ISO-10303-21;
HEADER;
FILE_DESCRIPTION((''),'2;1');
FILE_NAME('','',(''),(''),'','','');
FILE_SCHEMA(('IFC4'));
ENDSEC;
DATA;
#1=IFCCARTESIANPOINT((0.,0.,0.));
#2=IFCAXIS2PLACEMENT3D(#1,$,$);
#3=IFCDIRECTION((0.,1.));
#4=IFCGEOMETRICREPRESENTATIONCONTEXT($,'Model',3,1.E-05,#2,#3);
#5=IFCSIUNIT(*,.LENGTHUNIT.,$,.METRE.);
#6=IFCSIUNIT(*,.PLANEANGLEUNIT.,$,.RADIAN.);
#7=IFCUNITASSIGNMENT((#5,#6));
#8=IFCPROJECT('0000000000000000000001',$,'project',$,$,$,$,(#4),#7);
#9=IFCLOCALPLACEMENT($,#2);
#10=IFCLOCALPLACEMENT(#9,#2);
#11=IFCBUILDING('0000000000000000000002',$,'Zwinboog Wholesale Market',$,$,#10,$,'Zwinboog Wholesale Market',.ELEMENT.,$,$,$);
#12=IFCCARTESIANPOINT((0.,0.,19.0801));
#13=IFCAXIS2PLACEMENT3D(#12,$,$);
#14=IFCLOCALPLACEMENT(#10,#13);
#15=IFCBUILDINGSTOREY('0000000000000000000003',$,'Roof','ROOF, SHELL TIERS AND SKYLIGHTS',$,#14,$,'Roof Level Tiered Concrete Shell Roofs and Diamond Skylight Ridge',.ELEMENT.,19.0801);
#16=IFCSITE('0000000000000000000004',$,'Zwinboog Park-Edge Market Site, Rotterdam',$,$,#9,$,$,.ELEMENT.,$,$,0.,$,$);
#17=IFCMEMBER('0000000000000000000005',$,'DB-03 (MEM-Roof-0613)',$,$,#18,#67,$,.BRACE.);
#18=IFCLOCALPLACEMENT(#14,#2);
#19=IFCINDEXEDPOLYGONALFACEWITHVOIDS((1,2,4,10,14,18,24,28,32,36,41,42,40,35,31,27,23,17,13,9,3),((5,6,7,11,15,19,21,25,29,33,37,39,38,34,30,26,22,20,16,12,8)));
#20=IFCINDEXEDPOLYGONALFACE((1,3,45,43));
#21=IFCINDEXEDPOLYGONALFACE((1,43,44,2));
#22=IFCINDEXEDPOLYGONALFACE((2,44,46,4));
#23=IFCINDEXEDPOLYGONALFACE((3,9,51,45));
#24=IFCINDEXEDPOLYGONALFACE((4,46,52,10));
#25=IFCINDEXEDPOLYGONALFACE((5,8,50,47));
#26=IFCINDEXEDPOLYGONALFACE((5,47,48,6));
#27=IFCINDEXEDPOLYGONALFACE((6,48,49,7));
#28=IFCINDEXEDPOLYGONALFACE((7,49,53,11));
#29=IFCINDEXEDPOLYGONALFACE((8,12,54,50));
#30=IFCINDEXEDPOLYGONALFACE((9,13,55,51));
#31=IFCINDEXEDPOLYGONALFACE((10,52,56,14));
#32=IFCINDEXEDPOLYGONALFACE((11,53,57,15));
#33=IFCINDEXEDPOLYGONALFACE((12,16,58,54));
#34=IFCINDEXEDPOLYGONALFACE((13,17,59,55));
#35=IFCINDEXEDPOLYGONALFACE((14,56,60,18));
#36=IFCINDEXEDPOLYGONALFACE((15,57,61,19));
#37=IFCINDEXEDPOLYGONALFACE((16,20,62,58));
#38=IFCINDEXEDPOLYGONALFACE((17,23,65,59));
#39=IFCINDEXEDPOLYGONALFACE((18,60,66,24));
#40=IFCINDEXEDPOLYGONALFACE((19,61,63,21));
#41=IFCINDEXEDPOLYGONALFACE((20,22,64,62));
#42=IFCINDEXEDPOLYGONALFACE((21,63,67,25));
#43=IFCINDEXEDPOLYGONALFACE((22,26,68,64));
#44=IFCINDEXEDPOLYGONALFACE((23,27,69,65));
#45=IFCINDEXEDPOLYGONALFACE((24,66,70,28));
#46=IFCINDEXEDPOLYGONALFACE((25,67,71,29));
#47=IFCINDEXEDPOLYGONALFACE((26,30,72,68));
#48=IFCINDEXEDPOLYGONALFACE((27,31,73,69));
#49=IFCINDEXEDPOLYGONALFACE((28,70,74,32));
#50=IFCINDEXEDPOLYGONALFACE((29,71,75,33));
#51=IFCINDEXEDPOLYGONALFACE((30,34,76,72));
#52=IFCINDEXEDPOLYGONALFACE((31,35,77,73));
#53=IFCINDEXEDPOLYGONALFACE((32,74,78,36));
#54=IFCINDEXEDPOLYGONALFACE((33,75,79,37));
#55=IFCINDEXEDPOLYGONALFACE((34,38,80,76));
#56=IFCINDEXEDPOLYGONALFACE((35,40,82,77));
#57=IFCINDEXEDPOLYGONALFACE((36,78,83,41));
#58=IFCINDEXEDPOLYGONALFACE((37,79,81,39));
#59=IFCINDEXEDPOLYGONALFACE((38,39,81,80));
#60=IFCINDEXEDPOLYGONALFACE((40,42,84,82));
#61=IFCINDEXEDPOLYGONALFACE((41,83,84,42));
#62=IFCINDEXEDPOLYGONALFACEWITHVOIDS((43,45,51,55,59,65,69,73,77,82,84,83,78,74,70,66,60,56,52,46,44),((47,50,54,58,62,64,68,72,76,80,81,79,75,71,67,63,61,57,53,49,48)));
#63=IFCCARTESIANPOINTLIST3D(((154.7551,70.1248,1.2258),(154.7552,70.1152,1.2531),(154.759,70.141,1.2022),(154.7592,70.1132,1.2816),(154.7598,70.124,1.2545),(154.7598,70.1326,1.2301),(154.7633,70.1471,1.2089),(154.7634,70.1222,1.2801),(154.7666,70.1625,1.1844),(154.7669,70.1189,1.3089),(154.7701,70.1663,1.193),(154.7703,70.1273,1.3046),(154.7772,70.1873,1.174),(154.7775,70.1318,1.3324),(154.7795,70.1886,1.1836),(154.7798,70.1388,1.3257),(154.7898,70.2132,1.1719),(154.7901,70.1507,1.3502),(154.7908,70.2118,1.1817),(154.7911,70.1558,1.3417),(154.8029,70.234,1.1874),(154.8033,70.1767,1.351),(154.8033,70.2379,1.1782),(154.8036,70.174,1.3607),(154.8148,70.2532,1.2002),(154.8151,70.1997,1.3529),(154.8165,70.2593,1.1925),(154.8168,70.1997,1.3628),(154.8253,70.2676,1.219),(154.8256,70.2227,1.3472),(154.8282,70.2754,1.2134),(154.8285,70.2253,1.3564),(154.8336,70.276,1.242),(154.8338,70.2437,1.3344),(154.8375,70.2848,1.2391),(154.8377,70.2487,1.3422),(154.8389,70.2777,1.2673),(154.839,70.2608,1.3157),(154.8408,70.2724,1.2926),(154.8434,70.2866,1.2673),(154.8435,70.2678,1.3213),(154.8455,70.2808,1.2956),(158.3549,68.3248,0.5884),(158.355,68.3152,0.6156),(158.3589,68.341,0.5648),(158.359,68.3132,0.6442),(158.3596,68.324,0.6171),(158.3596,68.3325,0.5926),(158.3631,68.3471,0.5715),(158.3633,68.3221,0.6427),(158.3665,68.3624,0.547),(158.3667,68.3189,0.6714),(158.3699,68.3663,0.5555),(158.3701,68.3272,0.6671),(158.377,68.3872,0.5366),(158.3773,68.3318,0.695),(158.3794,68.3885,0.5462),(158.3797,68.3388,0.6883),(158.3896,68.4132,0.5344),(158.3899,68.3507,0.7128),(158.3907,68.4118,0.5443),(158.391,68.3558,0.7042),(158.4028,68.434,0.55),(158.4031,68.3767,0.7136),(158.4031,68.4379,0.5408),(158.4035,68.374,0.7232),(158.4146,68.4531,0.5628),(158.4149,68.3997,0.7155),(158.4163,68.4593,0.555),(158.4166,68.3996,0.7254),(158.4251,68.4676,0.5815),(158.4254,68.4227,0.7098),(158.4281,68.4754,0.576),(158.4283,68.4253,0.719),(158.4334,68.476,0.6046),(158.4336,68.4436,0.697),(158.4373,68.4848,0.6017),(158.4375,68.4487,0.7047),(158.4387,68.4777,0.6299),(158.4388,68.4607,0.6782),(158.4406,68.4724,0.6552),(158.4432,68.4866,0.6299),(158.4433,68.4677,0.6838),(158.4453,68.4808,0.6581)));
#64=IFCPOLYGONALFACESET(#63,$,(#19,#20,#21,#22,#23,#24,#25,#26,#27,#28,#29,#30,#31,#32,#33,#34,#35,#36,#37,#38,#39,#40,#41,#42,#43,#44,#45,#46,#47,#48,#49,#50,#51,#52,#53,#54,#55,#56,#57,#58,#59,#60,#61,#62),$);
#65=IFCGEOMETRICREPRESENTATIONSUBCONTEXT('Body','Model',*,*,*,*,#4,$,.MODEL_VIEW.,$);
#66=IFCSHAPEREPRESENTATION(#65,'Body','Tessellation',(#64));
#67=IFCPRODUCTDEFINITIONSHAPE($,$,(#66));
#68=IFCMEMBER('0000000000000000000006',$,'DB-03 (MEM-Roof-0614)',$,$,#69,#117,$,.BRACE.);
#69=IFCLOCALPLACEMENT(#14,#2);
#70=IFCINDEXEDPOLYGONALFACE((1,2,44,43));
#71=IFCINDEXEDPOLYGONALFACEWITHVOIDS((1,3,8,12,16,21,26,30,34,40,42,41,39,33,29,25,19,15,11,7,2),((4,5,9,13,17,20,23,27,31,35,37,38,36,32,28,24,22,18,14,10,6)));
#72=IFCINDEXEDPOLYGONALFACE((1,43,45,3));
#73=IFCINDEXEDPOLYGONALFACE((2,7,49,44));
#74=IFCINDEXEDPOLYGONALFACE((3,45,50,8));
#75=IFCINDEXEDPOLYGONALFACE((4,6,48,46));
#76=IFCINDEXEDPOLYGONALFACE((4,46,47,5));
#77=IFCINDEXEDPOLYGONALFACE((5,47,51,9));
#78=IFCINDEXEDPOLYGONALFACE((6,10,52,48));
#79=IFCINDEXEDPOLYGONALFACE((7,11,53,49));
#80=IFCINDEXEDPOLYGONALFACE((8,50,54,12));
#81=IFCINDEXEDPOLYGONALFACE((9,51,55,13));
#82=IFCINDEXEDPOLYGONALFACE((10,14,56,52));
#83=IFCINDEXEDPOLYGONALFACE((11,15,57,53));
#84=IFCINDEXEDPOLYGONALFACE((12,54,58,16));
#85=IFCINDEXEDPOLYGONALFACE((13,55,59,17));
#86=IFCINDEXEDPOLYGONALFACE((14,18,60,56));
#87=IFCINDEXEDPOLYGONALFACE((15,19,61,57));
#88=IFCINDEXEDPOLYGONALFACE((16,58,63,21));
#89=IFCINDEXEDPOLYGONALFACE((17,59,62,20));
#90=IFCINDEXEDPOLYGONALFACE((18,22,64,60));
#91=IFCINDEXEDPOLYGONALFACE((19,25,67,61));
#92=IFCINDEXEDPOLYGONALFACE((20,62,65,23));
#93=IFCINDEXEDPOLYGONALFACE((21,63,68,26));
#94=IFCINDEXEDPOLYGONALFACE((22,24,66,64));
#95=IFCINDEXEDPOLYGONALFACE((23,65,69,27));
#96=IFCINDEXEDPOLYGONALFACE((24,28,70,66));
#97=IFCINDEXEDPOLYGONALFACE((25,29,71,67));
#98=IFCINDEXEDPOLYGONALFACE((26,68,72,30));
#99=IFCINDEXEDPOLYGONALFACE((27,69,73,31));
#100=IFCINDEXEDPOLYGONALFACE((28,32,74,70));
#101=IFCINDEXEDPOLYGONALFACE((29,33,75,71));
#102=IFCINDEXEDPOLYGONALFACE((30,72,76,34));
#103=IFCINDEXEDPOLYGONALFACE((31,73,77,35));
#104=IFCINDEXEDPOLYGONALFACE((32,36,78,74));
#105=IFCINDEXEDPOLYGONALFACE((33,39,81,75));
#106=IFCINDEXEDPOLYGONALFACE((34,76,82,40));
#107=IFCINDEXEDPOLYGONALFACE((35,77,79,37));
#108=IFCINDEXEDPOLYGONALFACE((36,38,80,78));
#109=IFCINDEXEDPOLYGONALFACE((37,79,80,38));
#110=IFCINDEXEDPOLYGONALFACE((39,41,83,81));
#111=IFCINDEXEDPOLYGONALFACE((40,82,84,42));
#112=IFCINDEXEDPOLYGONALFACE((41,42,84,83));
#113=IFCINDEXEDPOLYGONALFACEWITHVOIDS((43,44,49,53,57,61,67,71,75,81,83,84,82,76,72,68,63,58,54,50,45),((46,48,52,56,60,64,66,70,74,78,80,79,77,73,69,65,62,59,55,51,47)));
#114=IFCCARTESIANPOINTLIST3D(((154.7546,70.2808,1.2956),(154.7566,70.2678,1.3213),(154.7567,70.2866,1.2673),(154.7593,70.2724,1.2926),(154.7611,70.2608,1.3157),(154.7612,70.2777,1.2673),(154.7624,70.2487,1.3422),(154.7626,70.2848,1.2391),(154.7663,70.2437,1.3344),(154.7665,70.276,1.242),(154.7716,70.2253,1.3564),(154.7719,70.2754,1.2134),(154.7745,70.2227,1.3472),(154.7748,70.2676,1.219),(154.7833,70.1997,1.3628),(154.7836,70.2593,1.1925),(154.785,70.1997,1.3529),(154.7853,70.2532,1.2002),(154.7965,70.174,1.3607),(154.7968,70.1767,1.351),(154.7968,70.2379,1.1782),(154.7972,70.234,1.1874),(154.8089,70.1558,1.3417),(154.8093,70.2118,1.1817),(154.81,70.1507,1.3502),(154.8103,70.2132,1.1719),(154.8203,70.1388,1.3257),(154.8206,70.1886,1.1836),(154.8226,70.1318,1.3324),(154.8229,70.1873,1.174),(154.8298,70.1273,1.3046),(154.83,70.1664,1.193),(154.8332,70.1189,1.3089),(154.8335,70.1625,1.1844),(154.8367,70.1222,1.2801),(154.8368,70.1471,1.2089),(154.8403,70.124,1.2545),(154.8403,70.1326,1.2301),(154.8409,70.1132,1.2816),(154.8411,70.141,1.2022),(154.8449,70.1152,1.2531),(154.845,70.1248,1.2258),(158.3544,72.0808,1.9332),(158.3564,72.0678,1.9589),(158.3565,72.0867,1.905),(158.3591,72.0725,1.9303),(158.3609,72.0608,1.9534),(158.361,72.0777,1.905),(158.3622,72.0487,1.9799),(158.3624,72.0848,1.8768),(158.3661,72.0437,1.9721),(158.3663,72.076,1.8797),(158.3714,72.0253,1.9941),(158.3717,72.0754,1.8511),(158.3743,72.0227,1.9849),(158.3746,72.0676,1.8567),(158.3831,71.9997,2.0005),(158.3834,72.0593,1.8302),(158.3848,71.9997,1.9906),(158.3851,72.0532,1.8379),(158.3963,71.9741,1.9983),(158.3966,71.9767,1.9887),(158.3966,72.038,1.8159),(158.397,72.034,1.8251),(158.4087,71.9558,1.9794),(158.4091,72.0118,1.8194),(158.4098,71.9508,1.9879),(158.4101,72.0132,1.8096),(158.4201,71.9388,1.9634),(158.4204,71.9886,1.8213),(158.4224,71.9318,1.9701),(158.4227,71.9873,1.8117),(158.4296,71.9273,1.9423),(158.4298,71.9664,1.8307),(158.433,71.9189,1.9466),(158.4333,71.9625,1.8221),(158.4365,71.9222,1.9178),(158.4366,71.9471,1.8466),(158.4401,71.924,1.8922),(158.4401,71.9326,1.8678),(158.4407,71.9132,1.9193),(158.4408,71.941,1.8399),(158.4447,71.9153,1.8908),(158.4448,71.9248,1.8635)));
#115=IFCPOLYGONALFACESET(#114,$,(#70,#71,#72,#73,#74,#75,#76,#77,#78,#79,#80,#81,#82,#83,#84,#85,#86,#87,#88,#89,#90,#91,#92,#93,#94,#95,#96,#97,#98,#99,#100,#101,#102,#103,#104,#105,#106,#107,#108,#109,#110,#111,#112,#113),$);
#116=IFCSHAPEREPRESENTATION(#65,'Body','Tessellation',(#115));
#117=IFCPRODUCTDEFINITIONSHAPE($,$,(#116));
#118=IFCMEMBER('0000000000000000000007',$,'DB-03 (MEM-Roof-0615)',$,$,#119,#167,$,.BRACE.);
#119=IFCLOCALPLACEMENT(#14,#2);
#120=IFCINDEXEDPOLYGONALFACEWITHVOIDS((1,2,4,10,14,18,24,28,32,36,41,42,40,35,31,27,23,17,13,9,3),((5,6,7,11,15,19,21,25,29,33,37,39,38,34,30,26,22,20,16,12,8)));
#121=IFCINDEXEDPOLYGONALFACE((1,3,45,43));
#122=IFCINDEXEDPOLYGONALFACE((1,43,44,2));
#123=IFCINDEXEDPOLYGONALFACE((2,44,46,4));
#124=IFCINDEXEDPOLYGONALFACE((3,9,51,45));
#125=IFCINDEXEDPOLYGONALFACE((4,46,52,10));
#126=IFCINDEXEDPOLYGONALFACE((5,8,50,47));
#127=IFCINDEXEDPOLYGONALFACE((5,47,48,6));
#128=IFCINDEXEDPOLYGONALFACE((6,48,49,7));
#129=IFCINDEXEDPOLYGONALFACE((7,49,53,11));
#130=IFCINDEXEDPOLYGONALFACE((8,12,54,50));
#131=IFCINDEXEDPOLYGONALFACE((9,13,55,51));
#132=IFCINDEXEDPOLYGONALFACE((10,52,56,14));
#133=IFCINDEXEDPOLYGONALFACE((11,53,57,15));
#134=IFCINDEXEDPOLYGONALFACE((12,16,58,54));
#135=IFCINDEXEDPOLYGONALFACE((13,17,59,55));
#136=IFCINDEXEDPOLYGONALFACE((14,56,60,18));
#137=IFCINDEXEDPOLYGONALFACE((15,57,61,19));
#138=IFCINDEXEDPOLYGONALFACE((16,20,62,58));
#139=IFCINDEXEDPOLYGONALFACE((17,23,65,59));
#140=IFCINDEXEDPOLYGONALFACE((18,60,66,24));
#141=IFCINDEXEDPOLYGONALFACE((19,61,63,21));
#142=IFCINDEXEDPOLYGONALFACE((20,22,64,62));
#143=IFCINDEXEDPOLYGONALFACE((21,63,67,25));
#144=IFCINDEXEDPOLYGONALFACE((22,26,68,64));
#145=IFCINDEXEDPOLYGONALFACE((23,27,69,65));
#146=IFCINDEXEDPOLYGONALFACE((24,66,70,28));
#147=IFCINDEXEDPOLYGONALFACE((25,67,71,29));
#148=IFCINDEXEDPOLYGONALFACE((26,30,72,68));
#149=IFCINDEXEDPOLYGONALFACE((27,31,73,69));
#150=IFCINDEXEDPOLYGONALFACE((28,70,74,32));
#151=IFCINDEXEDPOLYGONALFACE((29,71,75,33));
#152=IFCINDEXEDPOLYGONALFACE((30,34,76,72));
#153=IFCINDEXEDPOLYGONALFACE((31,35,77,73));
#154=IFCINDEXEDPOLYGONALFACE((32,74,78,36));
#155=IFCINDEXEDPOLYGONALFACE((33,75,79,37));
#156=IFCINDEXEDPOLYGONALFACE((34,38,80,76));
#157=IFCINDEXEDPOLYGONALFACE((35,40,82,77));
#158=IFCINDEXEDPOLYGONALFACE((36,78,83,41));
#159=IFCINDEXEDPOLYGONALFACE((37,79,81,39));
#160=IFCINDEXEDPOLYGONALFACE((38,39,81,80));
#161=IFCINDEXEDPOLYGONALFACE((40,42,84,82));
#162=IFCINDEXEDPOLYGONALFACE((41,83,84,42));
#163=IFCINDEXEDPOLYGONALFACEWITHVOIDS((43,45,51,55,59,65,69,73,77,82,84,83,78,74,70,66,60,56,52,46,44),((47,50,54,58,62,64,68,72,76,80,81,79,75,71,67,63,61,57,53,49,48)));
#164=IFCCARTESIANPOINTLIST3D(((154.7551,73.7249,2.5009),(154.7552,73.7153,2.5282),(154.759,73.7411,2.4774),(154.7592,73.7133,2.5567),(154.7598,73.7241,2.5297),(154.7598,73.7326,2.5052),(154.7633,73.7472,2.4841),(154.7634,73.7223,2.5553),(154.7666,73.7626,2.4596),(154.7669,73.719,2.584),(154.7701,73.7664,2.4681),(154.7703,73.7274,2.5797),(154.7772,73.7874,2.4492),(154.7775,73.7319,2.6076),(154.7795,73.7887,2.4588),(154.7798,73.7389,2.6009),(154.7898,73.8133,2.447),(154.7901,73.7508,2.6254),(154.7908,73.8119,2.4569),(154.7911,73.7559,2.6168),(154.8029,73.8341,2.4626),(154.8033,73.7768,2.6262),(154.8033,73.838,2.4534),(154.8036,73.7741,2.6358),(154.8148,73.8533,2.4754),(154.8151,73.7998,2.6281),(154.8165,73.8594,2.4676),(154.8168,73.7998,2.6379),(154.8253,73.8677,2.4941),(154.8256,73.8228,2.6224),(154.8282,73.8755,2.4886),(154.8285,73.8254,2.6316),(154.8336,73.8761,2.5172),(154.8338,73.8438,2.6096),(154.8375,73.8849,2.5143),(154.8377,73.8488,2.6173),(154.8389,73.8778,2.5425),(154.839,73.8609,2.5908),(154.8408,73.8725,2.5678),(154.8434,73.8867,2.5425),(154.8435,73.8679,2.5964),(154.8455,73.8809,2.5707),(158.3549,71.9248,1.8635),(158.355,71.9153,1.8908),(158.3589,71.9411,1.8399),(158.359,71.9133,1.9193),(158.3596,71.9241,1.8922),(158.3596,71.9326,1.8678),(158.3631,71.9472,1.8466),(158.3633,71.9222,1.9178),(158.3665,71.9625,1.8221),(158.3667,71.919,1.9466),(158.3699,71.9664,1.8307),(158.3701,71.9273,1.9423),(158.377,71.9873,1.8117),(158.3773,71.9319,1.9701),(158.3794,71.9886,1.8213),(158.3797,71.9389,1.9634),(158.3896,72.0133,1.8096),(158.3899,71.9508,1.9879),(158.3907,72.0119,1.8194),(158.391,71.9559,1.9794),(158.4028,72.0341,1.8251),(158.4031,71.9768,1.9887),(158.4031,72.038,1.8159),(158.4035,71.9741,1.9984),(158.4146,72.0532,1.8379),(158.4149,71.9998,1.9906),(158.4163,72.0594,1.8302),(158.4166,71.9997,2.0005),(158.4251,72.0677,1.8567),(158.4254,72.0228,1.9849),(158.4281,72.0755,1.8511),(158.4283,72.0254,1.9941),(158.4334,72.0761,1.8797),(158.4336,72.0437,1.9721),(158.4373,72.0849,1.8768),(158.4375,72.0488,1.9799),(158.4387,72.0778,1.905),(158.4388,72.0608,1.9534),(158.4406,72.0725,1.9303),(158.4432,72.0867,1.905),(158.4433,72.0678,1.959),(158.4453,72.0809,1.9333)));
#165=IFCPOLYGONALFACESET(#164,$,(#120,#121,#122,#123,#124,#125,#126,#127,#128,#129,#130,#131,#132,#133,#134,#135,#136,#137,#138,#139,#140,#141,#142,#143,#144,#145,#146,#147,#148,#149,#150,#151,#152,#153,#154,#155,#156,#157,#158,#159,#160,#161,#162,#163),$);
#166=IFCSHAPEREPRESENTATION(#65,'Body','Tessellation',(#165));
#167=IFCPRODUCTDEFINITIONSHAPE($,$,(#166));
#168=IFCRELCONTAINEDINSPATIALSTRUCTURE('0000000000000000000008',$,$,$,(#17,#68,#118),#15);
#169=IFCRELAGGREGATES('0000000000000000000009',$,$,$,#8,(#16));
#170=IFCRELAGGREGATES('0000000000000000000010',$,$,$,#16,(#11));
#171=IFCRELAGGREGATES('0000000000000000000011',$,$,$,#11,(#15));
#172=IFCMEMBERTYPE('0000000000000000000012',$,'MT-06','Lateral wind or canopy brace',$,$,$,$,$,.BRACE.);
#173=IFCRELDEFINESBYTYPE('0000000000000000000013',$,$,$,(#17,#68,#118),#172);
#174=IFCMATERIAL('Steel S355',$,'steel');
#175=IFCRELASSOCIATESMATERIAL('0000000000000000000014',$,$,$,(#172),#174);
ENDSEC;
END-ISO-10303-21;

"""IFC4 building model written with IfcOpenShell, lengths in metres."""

from ifc_helpers import new_model, si_unit, direction, frame, origin, origin_2d, place, context, subcontext, project, spatial, hollow_circle, extrude, material, material_profile, profile_set, type_object, element, save


model = new_model("IFC4")

# Units and contexts
model_context = context("Model", 3, precision=1e-05, world=origin(), true_north=direction((0.0, 1.0)))
body_context = subcontext(model_context, "Body", "Model", "MODEL_VIEW")
ifc_project = project(units=[si_unit("LENGTHUNIT", "METRE"), si_unit("PLANEANGLEUNIT", "RADIAN")], contexts=[model_context])

# Site, building, storey
site_placement = place(None, origin())
site = spatial("IfcSite", under=ifc_project, at=site_placement, Name="Zwinboog Park-Edge Market Site, Rotterdam", CompositionType="ELEMENT", RefElevation=0.0)
building_placement = place(site_placement, origin())
building = spatial("IfcBuilding", under=site, at=building_placement, Name="Zwinboog Wholesale Market", LongName="Zwinboog Wholesale Market", CompositionType="ELEMENT")
storey_placement = place(building_placement, frame((0.0, 0.0, 19.0801)))
storey = spatial("IfcBuildingStorey", under=building, at=storey_placement, Name="Roof", Description="ROOF, SHELL TIERS AND SKYLIGHTS", LongName="Roof Level Tiered Concrete Shell Roofs and Diamond Skylight Ridge", CompositionType="ELEMENT", Elevation=19.0801)

# Members
ifc_material_1 = material(Name="Steel S355", Category="steel")
ifc_material_profile_1 = material_profile(ifc_material_1, hollow_circle(Radius=0.0969, WallThickness=0.01, at=origin_2d()), Name="CHS 193.7x10")
ifc_profile_set_1 = profile_set([ifc_material_profile_1], Name="Steel S355")
member_type_1 = type_object("IfcMemberType", Name="MT-06", Description="Lateral wind or canopy brace", PredefinedType="BRACE", material=ifc_profile_set_1)
for number, where, z_axis, x_axis, name in (
    (1, (154.8, 70.2, 1.2673), (0.883404, -0.441732, -0.15643), (0.447238, 0.894415, 0.0), "DB-03 (MEM-Roof-0613)"),
    (2, (154.8, 70.2, 1.2673), (0.883396, 0.441728, 0.156489), (-0.447238, 0.894415, 0.0), "DB-03 (MEM-Roof-0614)"),
    (3, (154.8, 73.8, 2.5425), (0.883404, -0.441732, -0.15643), (0.447238, 0.894415, 0.0), "DB-03 (MEM-Roof-0615)"),
):
    element("IfcMember", number, at=place(storey_placement, frame(where, z_axis=z_axis, x_axis=x_axis)), inside=storey, type_object=member_type_1, Name=name, PredefinedType="BRACE", context=body_context, shape_type="SweptSolid", body=[
        extrude(hollow_circle(Radius=0.0969, WallThickness=0.01, at=origin_2d()), origin(), (0.0, 0.0, 1.0), 4.075),
    ])

save(model, "model.ifc")
